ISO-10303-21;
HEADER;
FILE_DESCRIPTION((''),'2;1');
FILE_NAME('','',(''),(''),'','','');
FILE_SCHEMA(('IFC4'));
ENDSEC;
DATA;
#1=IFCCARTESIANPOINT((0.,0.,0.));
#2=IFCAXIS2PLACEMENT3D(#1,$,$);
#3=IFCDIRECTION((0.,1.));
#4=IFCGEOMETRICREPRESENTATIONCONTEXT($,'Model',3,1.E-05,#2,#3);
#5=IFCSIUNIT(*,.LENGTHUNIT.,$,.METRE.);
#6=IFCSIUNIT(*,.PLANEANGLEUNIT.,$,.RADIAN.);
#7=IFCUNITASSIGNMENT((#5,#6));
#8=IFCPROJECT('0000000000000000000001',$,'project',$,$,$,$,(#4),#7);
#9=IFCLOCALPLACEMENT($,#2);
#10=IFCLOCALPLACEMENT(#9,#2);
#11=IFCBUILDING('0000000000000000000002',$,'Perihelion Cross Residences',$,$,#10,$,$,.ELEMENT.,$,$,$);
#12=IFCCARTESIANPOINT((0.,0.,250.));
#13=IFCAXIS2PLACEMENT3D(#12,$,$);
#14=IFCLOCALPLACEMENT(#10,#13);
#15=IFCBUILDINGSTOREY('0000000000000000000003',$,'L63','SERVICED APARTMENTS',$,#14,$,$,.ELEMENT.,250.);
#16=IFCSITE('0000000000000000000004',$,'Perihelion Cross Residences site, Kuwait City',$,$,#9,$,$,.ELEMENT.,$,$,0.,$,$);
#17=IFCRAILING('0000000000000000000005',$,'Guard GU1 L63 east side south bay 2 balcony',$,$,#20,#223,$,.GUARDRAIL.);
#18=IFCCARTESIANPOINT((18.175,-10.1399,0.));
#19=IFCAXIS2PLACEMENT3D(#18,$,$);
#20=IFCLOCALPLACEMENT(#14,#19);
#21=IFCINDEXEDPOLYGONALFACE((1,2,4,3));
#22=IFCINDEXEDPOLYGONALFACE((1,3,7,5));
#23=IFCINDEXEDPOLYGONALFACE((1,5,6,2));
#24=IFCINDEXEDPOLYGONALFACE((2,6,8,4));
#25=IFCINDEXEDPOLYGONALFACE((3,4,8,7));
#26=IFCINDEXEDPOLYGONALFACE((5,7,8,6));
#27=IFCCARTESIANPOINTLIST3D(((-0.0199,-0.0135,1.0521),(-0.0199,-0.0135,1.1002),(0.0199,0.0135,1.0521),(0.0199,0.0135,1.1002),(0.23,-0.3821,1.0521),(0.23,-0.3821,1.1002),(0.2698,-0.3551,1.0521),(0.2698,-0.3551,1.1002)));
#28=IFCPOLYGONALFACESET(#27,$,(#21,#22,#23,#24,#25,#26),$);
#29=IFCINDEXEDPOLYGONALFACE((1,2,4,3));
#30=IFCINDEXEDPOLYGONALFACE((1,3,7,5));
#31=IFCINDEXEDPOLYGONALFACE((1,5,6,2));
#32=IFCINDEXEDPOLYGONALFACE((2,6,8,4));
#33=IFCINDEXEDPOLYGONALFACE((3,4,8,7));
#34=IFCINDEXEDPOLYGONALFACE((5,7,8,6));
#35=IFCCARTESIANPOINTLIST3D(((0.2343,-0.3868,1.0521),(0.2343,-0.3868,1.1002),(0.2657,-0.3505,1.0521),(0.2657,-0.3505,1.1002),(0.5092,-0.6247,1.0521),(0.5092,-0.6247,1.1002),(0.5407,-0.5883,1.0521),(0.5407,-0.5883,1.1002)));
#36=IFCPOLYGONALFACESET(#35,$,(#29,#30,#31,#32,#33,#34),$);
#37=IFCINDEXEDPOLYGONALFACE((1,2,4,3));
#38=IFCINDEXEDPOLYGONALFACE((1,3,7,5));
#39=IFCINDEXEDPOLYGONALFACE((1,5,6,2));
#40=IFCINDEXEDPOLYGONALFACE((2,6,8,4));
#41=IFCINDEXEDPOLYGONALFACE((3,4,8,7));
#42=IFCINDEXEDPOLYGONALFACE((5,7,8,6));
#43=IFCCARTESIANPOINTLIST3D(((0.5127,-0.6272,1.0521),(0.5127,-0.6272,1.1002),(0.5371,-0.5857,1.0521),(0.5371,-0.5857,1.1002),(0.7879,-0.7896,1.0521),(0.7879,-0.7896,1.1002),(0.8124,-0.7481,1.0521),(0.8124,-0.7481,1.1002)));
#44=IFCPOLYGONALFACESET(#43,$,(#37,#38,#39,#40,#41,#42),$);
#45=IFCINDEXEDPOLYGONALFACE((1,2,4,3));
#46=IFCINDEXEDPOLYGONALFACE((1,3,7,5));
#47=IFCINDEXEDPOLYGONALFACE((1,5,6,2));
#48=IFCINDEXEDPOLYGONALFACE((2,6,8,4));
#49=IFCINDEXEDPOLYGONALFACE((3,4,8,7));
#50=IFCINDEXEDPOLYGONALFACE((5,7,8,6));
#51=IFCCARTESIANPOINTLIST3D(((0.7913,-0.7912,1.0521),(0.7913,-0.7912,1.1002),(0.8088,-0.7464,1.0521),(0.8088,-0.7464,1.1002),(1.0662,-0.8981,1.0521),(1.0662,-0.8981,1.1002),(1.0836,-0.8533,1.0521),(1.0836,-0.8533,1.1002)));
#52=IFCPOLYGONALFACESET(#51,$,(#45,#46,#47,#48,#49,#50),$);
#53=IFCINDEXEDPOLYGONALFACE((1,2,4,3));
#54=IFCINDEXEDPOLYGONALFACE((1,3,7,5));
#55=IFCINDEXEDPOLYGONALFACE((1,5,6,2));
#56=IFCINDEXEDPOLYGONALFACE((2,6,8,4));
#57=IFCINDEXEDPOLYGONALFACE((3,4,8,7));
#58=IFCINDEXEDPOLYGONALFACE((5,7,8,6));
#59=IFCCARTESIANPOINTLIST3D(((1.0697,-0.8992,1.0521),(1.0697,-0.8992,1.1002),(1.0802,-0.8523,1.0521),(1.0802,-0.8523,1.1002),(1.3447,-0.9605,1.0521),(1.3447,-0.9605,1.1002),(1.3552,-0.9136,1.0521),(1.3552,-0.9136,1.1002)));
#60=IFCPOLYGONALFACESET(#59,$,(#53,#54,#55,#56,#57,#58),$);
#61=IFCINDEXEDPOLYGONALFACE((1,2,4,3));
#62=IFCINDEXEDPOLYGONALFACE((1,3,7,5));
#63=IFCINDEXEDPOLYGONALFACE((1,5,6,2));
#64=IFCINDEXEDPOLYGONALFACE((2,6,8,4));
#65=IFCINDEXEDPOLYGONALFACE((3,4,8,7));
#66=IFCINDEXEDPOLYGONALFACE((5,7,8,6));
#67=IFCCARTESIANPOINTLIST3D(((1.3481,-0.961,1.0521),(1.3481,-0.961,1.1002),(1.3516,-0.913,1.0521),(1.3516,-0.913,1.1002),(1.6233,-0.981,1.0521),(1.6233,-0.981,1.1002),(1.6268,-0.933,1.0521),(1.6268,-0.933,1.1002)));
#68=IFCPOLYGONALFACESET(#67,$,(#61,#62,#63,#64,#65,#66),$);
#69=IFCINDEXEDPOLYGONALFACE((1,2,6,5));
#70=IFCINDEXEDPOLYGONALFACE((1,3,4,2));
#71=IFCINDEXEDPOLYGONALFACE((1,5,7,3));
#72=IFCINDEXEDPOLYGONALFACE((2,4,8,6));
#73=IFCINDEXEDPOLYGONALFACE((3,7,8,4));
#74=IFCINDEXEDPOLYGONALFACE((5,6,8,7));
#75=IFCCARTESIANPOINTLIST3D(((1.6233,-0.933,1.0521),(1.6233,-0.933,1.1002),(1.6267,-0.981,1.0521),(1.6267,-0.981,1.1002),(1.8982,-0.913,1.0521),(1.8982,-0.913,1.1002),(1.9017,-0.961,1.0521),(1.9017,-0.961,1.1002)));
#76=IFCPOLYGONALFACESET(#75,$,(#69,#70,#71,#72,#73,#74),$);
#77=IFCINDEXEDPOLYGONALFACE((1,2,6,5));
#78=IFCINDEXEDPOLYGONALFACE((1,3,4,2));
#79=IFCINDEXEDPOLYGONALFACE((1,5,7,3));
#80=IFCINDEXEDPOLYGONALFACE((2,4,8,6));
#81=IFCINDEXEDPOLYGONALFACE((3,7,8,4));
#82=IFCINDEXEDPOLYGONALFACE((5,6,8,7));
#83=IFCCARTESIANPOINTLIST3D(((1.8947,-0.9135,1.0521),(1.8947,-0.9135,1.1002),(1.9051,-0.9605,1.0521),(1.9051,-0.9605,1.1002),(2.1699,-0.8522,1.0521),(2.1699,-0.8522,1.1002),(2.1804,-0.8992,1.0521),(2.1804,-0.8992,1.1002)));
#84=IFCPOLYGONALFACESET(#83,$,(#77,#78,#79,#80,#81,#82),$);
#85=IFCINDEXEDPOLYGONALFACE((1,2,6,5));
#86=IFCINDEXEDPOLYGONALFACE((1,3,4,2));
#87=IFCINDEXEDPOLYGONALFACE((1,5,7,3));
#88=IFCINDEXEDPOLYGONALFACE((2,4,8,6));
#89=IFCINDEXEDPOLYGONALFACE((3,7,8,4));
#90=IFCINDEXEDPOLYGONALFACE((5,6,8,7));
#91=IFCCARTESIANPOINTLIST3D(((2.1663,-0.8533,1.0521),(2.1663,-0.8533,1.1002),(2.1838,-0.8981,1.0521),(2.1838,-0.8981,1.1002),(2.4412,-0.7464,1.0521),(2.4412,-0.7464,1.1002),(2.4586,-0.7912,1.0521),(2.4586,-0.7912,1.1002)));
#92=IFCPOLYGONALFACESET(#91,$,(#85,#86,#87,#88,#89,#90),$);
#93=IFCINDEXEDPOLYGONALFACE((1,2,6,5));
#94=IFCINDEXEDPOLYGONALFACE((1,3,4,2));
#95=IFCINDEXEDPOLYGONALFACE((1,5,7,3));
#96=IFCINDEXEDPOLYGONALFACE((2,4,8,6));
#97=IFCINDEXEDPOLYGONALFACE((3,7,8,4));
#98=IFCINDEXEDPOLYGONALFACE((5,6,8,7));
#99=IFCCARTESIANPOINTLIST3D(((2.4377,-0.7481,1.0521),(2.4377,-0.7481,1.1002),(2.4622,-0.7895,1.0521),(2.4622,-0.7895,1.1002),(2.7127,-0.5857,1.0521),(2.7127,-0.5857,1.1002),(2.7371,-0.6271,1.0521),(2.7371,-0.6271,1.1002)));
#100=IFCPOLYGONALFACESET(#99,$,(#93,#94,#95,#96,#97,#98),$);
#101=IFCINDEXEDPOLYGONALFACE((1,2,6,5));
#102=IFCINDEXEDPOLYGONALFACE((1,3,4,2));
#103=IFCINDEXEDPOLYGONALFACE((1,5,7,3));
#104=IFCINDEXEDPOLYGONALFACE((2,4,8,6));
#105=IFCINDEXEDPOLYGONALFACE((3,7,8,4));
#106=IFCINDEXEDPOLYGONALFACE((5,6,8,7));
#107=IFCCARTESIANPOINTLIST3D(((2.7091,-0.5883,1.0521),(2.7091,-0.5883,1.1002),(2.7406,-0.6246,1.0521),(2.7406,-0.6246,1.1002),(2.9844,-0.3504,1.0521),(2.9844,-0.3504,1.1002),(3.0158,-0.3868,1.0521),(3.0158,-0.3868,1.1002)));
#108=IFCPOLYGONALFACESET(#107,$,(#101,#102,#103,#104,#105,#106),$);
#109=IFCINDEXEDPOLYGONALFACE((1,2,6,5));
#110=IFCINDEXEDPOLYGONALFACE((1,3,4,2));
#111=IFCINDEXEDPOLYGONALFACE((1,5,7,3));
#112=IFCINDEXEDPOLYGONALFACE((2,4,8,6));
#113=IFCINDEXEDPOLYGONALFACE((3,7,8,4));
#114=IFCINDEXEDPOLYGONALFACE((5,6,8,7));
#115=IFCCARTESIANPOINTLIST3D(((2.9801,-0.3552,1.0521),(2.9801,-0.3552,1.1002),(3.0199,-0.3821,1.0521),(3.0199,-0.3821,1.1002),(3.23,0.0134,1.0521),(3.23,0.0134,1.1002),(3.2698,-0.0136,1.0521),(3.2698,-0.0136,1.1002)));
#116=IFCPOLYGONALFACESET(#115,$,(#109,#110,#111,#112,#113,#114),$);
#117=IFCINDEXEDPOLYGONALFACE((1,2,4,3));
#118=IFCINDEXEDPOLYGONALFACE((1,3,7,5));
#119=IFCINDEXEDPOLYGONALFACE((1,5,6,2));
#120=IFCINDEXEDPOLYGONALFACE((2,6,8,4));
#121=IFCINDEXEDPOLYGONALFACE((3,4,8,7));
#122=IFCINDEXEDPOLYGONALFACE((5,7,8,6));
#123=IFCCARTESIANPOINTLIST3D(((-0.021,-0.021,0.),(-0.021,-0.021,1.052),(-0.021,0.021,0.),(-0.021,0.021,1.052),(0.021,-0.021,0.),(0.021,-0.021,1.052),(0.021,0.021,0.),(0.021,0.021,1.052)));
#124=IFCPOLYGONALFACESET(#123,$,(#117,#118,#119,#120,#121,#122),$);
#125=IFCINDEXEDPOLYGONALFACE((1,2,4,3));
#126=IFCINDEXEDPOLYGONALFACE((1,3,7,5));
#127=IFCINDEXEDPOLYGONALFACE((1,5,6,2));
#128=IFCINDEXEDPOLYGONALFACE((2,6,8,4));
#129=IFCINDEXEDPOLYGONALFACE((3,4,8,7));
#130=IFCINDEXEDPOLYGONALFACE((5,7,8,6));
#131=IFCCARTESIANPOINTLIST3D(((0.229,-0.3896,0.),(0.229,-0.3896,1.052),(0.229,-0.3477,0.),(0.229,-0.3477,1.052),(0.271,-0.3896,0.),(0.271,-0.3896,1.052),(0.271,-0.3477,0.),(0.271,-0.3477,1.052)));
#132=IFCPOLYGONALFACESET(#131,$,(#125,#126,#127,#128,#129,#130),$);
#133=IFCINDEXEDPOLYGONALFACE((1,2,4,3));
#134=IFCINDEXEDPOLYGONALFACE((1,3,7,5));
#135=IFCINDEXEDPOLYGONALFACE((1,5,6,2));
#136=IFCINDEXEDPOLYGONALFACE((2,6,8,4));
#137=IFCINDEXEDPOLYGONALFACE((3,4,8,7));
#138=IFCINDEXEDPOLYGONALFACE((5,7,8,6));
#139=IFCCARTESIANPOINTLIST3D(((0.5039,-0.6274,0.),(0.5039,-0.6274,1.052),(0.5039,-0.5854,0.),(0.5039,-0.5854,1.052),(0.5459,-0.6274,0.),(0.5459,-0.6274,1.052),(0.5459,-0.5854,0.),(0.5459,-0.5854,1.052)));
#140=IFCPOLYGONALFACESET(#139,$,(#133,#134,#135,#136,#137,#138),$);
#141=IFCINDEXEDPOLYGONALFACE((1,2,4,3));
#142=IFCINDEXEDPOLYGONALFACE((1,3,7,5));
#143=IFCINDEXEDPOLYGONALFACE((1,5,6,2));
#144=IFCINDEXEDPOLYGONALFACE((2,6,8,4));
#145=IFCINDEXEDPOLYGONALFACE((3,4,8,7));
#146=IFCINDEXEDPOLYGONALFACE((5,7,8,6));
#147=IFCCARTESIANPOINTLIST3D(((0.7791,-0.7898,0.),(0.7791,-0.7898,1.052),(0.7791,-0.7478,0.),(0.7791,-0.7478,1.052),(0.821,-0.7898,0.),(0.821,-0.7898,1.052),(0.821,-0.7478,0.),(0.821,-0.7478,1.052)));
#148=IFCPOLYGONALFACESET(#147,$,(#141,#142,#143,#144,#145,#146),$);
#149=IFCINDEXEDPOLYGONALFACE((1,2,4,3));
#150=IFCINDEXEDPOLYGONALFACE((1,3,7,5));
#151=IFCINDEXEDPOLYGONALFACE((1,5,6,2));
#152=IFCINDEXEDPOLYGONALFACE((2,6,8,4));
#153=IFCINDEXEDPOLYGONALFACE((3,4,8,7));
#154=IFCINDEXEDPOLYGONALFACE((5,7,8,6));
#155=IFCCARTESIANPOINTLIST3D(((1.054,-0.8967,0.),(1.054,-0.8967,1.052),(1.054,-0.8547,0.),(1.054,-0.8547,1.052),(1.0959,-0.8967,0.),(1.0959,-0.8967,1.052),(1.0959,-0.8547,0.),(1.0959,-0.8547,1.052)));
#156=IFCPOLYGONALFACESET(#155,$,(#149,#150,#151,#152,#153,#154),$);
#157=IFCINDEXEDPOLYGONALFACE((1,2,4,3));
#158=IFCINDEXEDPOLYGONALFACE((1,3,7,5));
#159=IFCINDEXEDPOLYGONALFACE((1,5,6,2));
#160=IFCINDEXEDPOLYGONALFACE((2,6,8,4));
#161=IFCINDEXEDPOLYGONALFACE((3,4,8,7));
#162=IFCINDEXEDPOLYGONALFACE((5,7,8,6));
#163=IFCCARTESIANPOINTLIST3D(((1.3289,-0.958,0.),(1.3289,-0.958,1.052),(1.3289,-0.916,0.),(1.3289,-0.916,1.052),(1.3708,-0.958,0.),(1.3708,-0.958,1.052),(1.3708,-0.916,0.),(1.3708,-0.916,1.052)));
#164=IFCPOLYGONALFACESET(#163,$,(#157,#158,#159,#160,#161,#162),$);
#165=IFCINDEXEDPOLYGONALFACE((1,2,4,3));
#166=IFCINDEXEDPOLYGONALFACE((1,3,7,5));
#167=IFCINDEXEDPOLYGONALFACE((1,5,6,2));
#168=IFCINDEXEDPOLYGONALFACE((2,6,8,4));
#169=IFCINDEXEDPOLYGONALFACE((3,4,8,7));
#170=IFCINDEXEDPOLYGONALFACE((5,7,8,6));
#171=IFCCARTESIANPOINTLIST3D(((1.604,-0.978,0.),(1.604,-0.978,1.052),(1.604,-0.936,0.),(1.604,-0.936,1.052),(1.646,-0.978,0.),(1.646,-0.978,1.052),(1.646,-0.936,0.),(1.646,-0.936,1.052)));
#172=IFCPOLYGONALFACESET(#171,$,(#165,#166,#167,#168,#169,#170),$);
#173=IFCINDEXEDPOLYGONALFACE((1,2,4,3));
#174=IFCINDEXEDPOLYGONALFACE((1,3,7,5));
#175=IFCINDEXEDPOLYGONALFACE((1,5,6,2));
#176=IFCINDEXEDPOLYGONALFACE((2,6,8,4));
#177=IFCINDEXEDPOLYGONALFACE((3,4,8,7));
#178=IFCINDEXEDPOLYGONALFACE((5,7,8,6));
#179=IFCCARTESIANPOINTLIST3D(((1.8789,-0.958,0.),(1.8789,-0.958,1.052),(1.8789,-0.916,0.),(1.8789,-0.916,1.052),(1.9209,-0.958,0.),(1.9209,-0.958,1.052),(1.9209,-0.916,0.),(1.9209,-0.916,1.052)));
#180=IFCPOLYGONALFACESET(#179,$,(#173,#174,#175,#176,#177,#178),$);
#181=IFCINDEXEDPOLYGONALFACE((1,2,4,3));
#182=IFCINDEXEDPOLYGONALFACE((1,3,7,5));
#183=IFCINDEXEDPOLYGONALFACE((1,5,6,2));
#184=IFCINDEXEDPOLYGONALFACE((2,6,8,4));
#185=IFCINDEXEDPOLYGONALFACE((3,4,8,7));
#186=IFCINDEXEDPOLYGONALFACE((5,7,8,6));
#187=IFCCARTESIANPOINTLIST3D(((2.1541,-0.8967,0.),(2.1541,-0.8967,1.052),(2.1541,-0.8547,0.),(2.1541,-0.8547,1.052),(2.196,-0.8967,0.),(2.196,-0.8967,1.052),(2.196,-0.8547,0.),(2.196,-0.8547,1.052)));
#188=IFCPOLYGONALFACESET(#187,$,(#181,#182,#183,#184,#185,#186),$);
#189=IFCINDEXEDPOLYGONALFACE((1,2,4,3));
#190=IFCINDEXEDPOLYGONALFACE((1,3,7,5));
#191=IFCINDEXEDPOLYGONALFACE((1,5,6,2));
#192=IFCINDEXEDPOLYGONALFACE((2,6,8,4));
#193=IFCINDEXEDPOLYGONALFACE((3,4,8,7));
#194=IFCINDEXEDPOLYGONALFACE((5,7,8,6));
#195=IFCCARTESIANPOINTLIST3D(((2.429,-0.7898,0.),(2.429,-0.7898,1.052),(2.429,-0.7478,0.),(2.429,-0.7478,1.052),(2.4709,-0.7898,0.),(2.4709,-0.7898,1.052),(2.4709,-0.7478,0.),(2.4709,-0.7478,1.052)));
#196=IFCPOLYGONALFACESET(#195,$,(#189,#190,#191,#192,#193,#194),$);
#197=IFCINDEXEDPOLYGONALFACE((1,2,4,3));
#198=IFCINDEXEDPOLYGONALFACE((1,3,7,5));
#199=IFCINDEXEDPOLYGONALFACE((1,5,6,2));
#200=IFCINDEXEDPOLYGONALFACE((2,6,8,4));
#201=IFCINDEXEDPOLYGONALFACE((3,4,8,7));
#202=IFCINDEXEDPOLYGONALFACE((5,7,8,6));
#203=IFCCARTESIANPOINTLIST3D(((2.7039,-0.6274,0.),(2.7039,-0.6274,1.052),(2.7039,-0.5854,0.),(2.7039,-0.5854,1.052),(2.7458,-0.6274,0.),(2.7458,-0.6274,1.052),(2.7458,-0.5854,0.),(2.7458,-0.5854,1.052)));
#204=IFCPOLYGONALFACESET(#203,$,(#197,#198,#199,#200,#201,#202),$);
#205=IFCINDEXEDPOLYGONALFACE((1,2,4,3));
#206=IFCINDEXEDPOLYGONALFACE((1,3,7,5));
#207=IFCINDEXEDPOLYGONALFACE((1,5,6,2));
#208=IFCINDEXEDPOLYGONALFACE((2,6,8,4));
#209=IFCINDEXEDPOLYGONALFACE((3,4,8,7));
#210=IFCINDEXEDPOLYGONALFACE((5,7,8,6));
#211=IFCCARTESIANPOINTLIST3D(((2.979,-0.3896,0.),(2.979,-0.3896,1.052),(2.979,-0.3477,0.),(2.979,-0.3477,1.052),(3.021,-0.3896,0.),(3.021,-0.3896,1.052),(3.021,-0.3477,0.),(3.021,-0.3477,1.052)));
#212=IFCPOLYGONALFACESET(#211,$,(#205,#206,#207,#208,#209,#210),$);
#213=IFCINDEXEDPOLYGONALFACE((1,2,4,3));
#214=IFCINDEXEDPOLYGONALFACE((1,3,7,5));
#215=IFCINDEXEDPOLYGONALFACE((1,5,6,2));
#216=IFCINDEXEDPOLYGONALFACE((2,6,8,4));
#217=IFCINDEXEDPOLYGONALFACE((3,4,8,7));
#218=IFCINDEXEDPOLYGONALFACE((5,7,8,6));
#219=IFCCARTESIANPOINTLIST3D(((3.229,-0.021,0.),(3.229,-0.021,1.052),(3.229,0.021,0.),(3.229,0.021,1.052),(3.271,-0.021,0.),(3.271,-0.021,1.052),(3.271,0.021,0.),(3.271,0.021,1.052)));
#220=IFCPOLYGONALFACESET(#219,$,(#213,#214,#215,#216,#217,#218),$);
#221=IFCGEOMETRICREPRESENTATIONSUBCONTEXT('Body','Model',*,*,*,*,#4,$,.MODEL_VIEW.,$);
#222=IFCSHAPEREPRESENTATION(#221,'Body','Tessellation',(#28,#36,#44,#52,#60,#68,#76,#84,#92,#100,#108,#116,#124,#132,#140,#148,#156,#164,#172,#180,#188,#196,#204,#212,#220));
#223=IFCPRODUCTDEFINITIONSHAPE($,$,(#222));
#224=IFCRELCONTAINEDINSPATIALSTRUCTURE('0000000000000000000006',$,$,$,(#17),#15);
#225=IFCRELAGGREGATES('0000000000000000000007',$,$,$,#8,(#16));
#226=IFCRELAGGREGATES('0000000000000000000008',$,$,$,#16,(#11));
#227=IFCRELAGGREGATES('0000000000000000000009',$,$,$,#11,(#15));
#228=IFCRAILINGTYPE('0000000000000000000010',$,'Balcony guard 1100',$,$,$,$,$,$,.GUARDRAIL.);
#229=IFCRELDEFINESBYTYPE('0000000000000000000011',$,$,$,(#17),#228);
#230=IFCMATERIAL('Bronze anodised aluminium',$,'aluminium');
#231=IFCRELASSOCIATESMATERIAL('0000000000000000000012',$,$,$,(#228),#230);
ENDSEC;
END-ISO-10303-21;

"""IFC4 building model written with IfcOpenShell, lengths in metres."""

from ifc_helpers import new_model, si_unit, direction, frame, origin, origin_2d, place, context, subcontext, project, spatial, rectangle, extrude, material, type_object, element, save


model = new_model("IFC4")

# Units and contexts
model_context = context("Model", 3, precision=1e-05, world=origin(), true_north=direction((0.0, 1.0)))
body_context = subcontext(model_context, "Body", "Model", "MODEL_VIEW")
ifc_project = project(units=[si_unit("LENGTHUNIT", "METRE"), si_unit("PLANEANGLEUNIT", "RADIAN")], contexts=[model_context])

# Site, building, storey
site_placement = place(None, origin())
site = spatial("IfcSite", under=ifc_project, at=site_placement, Name="Perihelion Cross Residences site, Kuwait City", CompositionType="ELEMENT", RefElevation=0.0)
building_placement = place(site_placement, origin())
building = spatial("IfcBuilding", under=site, at=building_placement, Name="Perihelion Cross Residences", CompositionType="ELEMENT")
storey_placement = place(building_placement, frame((0.0, 0.0, 250.0)))
storey = spatial("IfcBuildingStorey", under=building, at=storey_placement, Name="L63", Description="SERVICED APARTMENTS", CompositionType="ELEMENT", Elevation=250.0)

# Railing
ifc_material_1 = material(Name="Bronze anodised aluminium", Category="aluminium")
railing_type = type_object("IfcRailingType", Name="Balcony guard 1100", PredefinedType="GUARDRAIL", material=ifc_material_1)
railing_placement = place(storey_placement, frame((18.175, -10.1399, 0.0)))
element("IfcRailing", 1, at=railing_placement, inside=storey, type_object=railing_type, Name="Guard GU1 L63 east side south bay 2 balcony", PredefinedType="GUARDRAIL", context=body_context, shape_type="SweptSolid", body=[
    extrude(rectangle(XDim=0.0481, YDim=0.0481, at=origin_2d()), frame((0.0, 0.0, 1.0762), z_axis=(0.56126, -0.827639, 0.0), x_axis=(0.827639, 0.56126, 0.0)), (0.0, 0.0, 1.0), 0.4453),
    extrude(rectangle(XDim=0.0481, YDim=0.0481, at=origin_2d()), frame((0.25, -0.3687, 1.0762), z_axis=(0.756309, -0.654214, 0.0), x_axis=(0.654214, 0.756309, 0.0)), (0.0, 0.0, 1.0), 0.3635),
    extrude(rectangle(XDim=0.0481, YDim=0.0481, at=origin_2d()), frame((0.5249, -0.6064, 1.0762), z_axis=(0.861246, -0.508189, 0.0), x_axis=(0.508189, 0.861246, 0.0)), (0.0, 0.0, 1.0), 0.3196),
    extrude(rectangle(XDim=0.0481, YDim=0.0481, at=origin_2d()), frame((0.8, -0.7688, 1.0762), z_axis=(0.931974, -0.362526, 0.0), x_axis=(0.362526, 0.931974, 0.0)), (0.0, 0.0, 1.0), 0.2949),
    extrude(rectangle(XDim=0.0481, YDim=0.0481, at=origin_2d()), frame((1.075, -0.8757, 1.0762), z_axis=(0.976044, -0.217573, 0.0), x_axis=(0.217573, 0.976044, 0.0)), (0.0, 0.0, 1.0), 0.2817),
    extrude(rectangle(XDim=0.0481, YDim=0.0481, at=origin_2d()), frame((1.3499, -0.937, 1.0762), z_axis=(0.997363, -0.072568, 0.0), x_axis=(0.072568, 0.997363, 0.0)), (0.0, 0.0, 1.0), 0.2759),
    extrude(rectangle(XDim=0.0481, YDim=0.0481, at=origin_2d()), frame((1.625, -0.957, 1.0762), z_axis=(0.997359, 0.072632, 0.0), x_axis=(-0.072632, 0.997359, 0.0)), (0.0, 0.0, 1.0), 0.2756),
    extrude(rectangle(XDim=0.0481, YDim=0.0481, at=origin_2d()), frame((1.8999, -0.937, 1.0762), z_axis=(0.976085, 0.217389, 0.0), x_axis=(-0.217389, 0.976085, 0.0)), (0.0, 0.0, 1.0), 0.282),
    extrude(rectangle(XDim=0.0481, YDim=0.0481, at=origin_2d()), frame((2.175, -0.8757, 1.0762), z_axis=(0.931974, 0.362526, 0.0), x_axis=(-0.362526, 0.931974, 0.0)), (0.0, 0.0, 1.0), 0.2949),
    extrude(rectangle(XDim=0.0481, YDim=0.0481, at=origin_2d()), frame((2.45, -0.7688, 1.0762), z_axis=(0.861048, 0.508523, 0.0), x_axis=(-0.508523, 0.861048, 0.0)), (0.0, 0.0, 1.0), 0.3193),
    extrude(rectangle(XDim=0.0481, YDim=0.0481, at=origin_2d()), frame((2.7249, -0.6064, 1.0762), z_axis=(0.756597, 0.653882, 0.0), x_axis=(-0.653882, 0.756597, 0.0)), (0.0, 0.0, 1.0), 0.3638),
    extrude(rectangle(XDim=0.0481, YDim=0.0481, at=origin_2d()), frame((3.0, -0.3687, 1.0762), z_axis=(0.56126, 0.827639, 0.0), x_axis=(-0.827639, 0.56126, 0.0)), (0.0, 0.0, 1.0), 0.4453),
    extrude(rectangle(XDim=0.042, YDim=0.042, at=origin_2d()), origin(), (0.0, 0.0, 1.0), 1.052),
    extrude(rectangle(XDim=0.042, YDim=0.042, at=origin_2d()), frame((0.25, -0.3687, 0.0)), (0.0, 0.0, 1.0), 1.052),
    extrude(rectangle(XDim=0.042, YDim=0.042, at=origin_2d()), frame((0.5249, -0.6064, 0.0)), (0.0, 0.0, 1.0), 1.052),
    extrude(rectangle(XDim=0.042, YDim=0.042, at=origin_2d()), frame((0.8, -0.7688, 0.0)), (0.0, 0.0, 1.0), 1.052),
    extrude(rectangle(XDim=0.042, YDim=0.042, at=origin_2d()), frame((1.075, -0.8757, 0.0)), (0.0, 0.0, 1.0), 1.052),
    extrude(rectangle(XDim=0.042, YDim=0.042, at=origin_2d()), frame((1.3499, -0.937, 0.0)), (0.0, 0.0, 1.0), 1.052),
    extrude(rectangle(XDim=0.042, YDim=0.042, at=origin_2d()), frame((1.625, -0.957, 0.0)), (0.0, 0.0, 1.0), 1.052),
    extrude(rectangle(XDim=0.042, YDim=0.042, at=origin_2d()), frame((1.8999, -0.937, 0.0)), (0.0, 0.0, 1.0), 1.052),
    extrude(rectangle(XDim=0.042, YDim=0.042, at=origin_2d()), frame((2.175, -0.8757, 0.0)), (0.0, 0.0, 1.0), 1.052),
    extrude(rectangle(XDim=0.042, YDim=0.042, at=origin_2d()), frame((2.45, -0.7688, 0.0)), (0.0, 0.0, 1.0), 1.052),
    extrude(rectangle(XDim=0.042, YDim=0.042, at=origin_2d()), frame((2.7249, -0.6064, 0.0)), (0.0, 0.0, 1.0), 1.052),
    extrude(rectangle(XDim=0.042, YDim=0.042, at=origin_2d()), frame((3.0, -0.3687, 0.0)), (0.0, 0.0, 1.0), 1.052),
    extrude(rectangle(XDim=0.042, YDim=0.042, at=origin_2d()), frame((3.25, 0.0, 0.0)), (0.0, 0.0, 1.0), 1.052),
])

save(model, "model.ifc")
